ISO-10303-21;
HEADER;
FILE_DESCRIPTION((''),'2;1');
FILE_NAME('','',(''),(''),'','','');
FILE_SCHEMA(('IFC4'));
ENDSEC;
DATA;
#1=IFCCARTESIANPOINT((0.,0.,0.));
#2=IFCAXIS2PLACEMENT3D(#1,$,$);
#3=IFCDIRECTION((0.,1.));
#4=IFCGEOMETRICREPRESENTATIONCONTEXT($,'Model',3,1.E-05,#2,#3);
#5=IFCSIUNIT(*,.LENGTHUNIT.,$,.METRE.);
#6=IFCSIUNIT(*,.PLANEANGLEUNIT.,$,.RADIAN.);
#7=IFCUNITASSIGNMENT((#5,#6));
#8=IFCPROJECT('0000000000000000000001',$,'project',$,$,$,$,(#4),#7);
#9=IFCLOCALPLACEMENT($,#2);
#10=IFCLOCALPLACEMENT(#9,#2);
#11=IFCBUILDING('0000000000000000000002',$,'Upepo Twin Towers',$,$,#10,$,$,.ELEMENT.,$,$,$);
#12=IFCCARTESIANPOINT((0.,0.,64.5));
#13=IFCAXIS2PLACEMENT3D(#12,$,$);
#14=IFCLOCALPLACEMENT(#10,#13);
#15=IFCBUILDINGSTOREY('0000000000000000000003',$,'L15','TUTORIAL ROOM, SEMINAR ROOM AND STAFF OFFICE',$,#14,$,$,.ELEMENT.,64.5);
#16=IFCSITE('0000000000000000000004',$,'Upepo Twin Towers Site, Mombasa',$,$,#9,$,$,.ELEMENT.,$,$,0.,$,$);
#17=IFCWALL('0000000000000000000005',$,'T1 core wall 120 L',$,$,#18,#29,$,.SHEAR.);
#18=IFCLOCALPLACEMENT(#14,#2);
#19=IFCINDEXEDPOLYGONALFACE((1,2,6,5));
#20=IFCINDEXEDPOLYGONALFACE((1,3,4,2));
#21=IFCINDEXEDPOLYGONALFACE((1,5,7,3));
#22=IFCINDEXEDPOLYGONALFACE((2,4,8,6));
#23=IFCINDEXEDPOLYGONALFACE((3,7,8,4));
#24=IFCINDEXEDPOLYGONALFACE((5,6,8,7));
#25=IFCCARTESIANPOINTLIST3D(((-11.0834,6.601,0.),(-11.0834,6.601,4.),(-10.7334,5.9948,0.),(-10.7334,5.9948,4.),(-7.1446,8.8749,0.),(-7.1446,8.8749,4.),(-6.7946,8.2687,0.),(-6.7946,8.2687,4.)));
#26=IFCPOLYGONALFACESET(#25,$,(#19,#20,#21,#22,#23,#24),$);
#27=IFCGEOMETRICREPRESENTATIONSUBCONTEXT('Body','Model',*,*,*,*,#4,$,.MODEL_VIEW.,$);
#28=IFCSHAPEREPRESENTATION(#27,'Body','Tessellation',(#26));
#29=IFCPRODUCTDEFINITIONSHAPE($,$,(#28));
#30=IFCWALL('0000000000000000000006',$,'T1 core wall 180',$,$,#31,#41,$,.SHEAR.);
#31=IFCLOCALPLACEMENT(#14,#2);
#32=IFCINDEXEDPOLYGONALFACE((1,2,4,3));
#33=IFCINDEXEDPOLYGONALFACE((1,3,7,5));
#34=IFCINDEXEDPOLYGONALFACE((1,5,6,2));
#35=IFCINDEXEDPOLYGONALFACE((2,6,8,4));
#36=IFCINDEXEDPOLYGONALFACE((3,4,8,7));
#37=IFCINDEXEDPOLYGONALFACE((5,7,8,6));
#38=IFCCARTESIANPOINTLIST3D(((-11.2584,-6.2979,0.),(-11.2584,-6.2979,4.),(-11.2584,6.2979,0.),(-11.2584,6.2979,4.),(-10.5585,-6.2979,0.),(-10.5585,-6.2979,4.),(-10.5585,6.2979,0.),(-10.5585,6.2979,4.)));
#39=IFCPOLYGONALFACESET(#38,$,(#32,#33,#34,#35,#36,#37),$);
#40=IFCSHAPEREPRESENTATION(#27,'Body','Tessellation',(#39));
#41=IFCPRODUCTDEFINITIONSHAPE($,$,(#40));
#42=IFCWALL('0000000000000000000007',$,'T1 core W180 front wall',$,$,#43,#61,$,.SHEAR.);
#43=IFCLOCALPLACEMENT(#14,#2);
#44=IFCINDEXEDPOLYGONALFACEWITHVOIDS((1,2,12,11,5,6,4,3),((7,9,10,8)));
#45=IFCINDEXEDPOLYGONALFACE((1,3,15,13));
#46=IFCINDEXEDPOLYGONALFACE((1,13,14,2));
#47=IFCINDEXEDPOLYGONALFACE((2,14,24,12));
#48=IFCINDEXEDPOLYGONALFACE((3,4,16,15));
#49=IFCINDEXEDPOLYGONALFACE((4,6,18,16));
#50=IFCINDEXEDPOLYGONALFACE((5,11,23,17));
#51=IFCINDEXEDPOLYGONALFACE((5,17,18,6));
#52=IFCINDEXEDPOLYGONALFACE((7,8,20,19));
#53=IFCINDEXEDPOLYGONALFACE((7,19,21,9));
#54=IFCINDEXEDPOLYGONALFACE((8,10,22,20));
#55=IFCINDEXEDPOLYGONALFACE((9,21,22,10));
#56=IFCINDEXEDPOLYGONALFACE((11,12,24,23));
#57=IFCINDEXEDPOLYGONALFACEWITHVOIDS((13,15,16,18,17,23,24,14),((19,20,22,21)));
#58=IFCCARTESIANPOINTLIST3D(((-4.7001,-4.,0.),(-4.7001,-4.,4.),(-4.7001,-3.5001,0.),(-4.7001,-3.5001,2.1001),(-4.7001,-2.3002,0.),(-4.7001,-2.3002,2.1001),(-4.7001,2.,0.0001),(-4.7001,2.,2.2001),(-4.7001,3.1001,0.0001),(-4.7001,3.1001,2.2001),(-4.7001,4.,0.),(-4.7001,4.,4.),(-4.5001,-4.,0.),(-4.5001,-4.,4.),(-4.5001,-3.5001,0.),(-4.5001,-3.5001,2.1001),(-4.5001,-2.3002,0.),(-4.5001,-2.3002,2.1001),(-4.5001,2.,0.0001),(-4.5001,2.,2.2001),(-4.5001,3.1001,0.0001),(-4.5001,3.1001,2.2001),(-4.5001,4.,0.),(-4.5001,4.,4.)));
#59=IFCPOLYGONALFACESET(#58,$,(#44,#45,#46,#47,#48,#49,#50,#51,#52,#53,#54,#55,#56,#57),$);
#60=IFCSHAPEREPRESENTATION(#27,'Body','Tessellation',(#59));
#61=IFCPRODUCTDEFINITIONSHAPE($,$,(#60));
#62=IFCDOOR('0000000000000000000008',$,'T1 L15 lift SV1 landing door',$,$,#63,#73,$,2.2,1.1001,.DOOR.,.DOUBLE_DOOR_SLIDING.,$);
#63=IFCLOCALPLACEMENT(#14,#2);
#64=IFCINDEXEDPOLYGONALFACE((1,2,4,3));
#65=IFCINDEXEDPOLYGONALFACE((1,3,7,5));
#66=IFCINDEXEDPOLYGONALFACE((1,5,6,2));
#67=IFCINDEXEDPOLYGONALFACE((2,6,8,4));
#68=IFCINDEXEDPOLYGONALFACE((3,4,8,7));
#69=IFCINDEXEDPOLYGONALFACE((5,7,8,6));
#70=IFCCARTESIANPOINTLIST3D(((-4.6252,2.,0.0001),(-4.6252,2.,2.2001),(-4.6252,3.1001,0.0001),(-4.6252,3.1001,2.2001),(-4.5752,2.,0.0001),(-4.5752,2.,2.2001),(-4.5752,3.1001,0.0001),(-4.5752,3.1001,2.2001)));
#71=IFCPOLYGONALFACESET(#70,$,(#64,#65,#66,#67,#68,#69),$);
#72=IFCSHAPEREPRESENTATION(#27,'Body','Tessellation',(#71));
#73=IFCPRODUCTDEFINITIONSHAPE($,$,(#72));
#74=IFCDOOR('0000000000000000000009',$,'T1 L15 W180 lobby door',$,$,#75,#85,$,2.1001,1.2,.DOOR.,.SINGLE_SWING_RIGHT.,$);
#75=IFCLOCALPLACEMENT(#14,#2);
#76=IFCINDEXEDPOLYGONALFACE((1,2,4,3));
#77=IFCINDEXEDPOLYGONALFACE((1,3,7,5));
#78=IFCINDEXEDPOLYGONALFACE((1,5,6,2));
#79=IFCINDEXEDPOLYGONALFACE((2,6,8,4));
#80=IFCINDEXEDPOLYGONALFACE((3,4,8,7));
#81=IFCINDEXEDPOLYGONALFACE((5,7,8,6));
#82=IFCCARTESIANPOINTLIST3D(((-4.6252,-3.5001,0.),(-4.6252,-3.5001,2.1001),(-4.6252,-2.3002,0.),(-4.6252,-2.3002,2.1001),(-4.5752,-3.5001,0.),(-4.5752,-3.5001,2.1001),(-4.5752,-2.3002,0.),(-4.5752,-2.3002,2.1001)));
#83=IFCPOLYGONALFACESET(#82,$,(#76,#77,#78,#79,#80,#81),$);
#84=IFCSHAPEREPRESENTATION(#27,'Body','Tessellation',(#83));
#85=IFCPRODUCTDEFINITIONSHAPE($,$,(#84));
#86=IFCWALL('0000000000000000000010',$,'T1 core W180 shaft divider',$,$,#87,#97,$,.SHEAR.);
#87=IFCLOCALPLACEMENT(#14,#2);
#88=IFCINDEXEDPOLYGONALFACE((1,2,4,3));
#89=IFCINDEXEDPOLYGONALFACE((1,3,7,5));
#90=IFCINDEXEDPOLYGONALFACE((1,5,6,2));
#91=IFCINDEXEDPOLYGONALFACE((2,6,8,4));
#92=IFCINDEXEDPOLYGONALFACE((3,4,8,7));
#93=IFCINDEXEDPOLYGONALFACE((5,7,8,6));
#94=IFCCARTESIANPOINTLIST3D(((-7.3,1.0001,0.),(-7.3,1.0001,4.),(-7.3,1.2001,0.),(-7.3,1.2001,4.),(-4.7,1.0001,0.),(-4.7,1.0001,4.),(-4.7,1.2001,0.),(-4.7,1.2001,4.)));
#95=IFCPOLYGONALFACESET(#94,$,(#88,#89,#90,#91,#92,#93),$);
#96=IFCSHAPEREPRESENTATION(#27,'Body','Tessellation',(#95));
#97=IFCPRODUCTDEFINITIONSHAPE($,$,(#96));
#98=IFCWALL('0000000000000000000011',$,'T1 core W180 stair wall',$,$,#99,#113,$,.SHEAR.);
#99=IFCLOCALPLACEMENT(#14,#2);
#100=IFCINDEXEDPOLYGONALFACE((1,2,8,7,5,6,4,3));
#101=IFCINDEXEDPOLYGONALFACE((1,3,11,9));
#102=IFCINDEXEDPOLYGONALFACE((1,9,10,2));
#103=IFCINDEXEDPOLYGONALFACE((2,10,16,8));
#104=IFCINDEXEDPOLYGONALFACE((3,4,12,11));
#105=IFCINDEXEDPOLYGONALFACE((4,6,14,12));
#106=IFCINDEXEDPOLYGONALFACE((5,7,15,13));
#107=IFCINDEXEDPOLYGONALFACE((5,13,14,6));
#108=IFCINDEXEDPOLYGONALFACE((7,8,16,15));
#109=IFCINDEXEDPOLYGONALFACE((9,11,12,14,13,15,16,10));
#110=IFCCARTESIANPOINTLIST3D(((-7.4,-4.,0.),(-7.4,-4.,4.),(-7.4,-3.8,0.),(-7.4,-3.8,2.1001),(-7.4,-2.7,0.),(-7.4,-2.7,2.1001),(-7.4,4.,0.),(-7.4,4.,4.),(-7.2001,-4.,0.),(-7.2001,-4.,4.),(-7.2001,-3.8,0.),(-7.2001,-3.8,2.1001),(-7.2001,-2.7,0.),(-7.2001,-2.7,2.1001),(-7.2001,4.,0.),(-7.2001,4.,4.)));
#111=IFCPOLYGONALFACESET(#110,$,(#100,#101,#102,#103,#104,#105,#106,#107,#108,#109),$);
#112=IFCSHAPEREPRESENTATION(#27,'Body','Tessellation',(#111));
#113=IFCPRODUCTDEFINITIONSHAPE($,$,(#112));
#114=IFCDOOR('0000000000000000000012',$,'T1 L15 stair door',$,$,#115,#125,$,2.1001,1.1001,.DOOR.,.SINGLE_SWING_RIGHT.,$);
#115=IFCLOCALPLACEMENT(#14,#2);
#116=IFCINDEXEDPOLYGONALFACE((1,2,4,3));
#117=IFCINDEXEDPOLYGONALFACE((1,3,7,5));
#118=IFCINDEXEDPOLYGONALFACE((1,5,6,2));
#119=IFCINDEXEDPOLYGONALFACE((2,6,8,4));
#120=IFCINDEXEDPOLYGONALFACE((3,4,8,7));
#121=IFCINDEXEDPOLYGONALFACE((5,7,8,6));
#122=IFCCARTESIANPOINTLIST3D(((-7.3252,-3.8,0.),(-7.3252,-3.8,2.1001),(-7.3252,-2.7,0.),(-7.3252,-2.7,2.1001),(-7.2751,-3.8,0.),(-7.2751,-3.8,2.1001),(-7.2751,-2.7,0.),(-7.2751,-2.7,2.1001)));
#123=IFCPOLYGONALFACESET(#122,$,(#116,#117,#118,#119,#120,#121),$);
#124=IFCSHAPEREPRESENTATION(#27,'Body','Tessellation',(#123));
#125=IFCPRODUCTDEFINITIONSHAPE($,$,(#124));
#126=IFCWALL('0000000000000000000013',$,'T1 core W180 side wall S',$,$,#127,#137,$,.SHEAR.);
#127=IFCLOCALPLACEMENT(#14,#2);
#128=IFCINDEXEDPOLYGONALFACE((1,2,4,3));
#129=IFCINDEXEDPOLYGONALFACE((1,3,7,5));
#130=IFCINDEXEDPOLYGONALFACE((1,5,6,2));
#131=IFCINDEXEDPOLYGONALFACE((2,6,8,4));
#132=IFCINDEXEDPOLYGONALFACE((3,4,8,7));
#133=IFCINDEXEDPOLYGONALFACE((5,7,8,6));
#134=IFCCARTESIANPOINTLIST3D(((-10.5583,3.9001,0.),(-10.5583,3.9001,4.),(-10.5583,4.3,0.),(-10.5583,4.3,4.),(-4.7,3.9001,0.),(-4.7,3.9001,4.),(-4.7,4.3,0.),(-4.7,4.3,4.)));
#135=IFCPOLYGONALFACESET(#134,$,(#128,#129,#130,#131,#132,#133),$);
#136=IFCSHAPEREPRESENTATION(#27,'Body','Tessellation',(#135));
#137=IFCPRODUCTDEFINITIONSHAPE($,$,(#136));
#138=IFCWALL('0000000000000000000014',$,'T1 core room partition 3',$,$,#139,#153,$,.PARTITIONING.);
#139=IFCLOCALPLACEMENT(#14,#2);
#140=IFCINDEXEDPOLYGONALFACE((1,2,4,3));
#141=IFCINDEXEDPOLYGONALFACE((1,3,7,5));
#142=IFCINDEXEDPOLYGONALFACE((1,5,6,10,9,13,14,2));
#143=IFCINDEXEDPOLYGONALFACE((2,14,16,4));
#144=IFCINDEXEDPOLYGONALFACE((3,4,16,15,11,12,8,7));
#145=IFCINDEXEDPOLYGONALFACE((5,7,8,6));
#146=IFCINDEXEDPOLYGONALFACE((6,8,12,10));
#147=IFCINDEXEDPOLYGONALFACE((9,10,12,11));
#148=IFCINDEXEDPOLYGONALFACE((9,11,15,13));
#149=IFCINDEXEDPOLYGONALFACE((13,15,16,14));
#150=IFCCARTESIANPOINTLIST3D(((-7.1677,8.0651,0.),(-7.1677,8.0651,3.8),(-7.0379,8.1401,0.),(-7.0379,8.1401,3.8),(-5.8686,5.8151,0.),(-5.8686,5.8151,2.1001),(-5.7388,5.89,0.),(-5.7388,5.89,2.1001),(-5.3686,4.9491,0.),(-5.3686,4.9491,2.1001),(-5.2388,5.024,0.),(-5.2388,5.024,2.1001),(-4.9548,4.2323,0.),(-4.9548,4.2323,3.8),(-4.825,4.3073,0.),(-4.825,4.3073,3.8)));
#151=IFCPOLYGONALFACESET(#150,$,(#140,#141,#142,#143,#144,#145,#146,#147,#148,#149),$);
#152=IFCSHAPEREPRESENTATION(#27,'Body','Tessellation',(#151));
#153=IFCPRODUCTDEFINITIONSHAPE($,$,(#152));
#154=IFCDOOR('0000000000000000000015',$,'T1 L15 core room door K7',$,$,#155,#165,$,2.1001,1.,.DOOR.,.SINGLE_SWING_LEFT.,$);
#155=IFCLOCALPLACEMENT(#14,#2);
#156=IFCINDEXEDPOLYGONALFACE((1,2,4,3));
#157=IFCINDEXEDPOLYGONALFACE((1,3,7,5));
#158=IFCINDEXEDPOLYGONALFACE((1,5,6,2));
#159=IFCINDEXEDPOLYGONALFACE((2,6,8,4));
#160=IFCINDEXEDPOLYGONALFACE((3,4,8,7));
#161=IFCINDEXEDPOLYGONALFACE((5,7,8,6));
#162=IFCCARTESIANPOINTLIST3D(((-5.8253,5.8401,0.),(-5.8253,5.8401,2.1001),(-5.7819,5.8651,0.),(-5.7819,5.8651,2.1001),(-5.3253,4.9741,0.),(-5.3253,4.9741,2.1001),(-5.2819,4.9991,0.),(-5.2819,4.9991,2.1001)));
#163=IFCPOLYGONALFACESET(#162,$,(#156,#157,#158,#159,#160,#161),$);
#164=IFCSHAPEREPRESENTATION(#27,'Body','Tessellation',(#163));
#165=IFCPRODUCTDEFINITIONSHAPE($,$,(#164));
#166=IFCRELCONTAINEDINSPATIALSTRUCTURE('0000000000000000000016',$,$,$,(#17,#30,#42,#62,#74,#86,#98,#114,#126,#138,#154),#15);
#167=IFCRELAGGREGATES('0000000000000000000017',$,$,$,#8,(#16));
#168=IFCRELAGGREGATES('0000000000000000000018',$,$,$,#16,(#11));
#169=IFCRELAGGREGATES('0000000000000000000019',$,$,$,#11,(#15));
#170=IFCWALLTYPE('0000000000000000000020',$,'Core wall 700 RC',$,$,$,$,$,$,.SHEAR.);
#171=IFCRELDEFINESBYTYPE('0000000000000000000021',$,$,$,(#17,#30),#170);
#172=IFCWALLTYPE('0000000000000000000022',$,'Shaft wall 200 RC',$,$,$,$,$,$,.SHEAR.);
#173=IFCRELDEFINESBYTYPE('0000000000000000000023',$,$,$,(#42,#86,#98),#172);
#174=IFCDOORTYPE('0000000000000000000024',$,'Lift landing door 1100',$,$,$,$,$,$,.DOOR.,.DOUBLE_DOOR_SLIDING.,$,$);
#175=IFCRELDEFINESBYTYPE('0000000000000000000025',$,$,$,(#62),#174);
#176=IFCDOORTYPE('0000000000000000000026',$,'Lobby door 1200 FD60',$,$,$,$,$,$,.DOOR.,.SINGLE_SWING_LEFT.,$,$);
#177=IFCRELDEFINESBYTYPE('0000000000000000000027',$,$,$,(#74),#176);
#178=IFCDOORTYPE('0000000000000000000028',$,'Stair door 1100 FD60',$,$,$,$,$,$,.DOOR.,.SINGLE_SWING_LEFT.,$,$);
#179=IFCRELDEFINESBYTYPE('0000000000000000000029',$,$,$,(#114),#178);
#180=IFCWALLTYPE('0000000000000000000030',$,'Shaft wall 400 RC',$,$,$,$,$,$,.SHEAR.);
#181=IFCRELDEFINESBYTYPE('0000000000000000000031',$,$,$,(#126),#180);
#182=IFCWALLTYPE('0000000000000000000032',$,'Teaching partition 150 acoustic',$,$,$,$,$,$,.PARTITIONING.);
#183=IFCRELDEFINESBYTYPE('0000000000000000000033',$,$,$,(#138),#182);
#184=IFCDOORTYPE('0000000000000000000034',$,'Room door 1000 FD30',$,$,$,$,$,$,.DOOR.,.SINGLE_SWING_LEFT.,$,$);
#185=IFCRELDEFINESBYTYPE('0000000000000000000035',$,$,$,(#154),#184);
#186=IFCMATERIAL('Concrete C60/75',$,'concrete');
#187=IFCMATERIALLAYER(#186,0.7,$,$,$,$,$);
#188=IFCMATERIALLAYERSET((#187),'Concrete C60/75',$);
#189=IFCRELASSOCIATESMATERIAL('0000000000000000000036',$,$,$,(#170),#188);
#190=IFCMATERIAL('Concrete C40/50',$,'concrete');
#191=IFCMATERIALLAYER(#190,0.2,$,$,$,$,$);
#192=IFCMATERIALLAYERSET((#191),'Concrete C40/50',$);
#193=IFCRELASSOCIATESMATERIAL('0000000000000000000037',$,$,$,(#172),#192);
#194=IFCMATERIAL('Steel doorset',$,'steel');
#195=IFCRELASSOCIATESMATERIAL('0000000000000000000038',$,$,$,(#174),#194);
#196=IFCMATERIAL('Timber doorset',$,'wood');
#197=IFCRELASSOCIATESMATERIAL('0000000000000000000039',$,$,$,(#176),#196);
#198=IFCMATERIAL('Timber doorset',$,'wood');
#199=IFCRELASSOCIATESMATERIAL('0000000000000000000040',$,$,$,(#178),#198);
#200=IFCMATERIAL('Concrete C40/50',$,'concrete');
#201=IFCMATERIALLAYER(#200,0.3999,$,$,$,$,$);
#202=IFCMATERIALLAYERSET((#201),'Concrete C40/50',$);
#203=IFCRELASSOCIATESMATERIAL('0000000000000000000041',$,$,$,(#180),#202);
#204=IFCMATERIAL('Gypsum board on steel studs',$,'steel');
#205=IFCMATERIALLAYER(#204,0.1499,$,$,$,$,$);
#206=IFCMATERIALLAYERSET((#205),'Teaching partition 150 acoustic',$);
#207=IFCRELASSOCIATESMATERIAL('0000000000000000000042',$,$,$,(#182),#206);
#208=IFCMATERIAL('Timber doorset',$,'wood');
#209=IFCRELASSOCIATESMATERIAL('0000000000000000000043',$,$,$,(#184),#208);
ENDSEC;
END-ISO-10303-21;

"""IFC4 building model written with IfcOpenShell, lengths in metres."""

from ifc_helpers import new_model, si_unit, direction, frame, frame_2d, origin, place, context, subcontext, project, spatial, rectangle, extrude, material, layer, layer_set, type_object, element, fill, save


model = new_model("IFC4")

# Units and contexts
model_context = context("Model", 3, precision=1e-05, world=origin(), true_north=direction((0.0, 1.0)))
body_context = subcontext(model_context, "Body", "Model", "MODEL_VIEW")
ifc_project = project(units=[si_unit("LENGTHUNIT", "METRE"), si_unit("PLANEANGLEUNIT", "RADIAN")], contexts=[model_context])

# Site, building, storey
site_placement = place(None, origin())
site = spatial("IfcSite", under=ifc_project, at=site_placement, Name="Upepo Twin Towers Site, Mombasa", CompositionType="ELEMENT", RefElevation=0.0)
building_placement = place(site_placement, origin())
building = spatial("IfcBuilding", under=site, at=building_placement, Name="Upepo Twin Towers", CompositionType="ELEMENT")
storey_placement = place(building_placement, frame((0.0, 0.0, 64.5)))
storey = spatial("IfcBuildingStorey", under=building, at=storey_placement, Name="L15", Description="TUTORIAL ROOM, SEMINAR ROOM AND STAFF OFFICE", CompositionType="ELEMENT", Elevation=64.5)

# Walls
ifc_material_1 = material(Name="Concrete C60/75", Category="concrete")
ifc_layer_1 = layer(ifc_material_1, 0.7)
ifc_layer_set_1 = layer_set([ifc_layer_1], Name="Concrete C60/75")
wall_type_1 = type_object("IfcWallType", Name="Core wall 700 RC", PredefinedType="SHEAR", material=ifc_layer_set_1)
wall_1_placement = place(storey_placement, frame((-6.9697, 8.5718, 0.0), z_axis=(0.0, 0.0, 1.0), x_axis=(-0.866035, -0.499984, 0.0)))
element("IfcWall", 1, at=wall_1_placement, inside=storey, type_object=wall_type_1, Name="T1 core wall 120 L", PredefinedType="SHEAR", context=body_context, shape_type="SweptSolid", body=[
    extrude(rectangle(XDim=4.5481, YDim=0.7, at=frame_2d((2.2739, 0.0))), origin(), (0.0, 0.0, 1.0), 4.0),
])
wall_2_placement = place(storey_placement, frame((-10.9084, 6.2979, 0.0), z_axis=(0.0, 0.0, 1.0), x_axis=(0.0, -1.0, 0.0)))
element("IfcWall", 2, at=wall_2_placement, inside=storey, type_object=wall_type_1, Name="T1 core wall 180", PredefinedType="SHEAR", context=body_context, shape_type="SweptSolid", body=[
    extrude(rectangle(XDim=12.5957, YDim=0.7, at=frame_2d((6.2979, 0.0))), origin(), (0.0, 0.0, 1.0), 4.0),
])

# Wall, openings, doors
ifc_material_2 = material(Name="Concrete C40/50", Category="concrete")
ifc_layer_2 = layer(ifc_material_2, 0.2)
ifc_layer_set_2 = layer_set([ifc_layer_2], Name="Concrete C40/50")
wall_type_2 = type_object("IfcWallType", Name="Shaft wall 200 RC", PredefinedType="SHEAR", material=ifc_layer_set_2)
wall_3_placement = place(storey_placement, frame((-4.6001, 4.0, 0.0), z_axis=(0.0, 0.0, 1.0), x_axis=(0.0, -1.0, 0.0)))
wall_3 = element("IfcWall", 3, at=wall_3_placement, inside=storey, type_object=wall_type_2, Name="T1 core W180 front wall", PredefinedType="SHEAR", context=body_context, shape_type="SweptSolid", body=[
    extrude(rectangle(XDim=8.0, YDim=0.2, at=frame_2d((4.0, 0.0))), origin(), (0.0, 0.0, 1.0), 4.0),
])
opening_1_placement = place(wall_3_placement, frame((6.3, 0.0, 0.0)))
opening_1 = element("IfcOpeningElement", 4, at=opening_1_placement, cuts=wall_3, PredefinedType="OPENING", context=body_context, shape_type="SweptSolid", body=[
    extrude(rectangle(XDim=1.2, YDim=2.1001, at=frame_2d((0.6001, 1.05))), frame((0.0, 0.1099, 0.0), z_axis=(0.0, -1.0, 0.0), x_axis=(1.0, 0.0, 0.0)), (0.0, 0.0, 1.0), 0.22),
])
opening_2_placement = place(wall_3_placement, frame((0.8999, 0.0, 0.0)))
opening_2 = element("IfcOpeningElement", 5, at=opening_2_placement, cuts=wall_3, PredefinedType="OPENING", context=body_context, shape_type="SweptSolid", body=[
    extrude(rectangle(XDim=1.1001, YDim=2.2, at=frame_2d((0.55, 1.1001))), frame((0.0, 0.1099, 0.0), z_axis=(0.0, -1.0, 0.0), x_axis=(1.0, 0.0, 0.0)), (0.0, 0.0, 1.0), 0.22),
])
ifc_material_3 = material(Name="Steel doorset", Category="steel")
door_type_1 = type_object("IfcDoorType", Name="Lift landing door 1100", OperationType="DOUBLE_DOOR_SLIDING", PredefinedType="DOOR", material=ifc_material_3)
door_1_placement = place(opening_2_placement, origin())
door_1 = element("IfcDoor", 6, at=door_1_placement, inside=storey, type_object=door_type_1, Name="T1 L15 lift SV1 landing door", OperationType="DOUBLE_DOOR_SLIDING", OverallHeight=2.2, OverallWidth=1.1001, PredefinedType="DOOR", context=body_context, shape_type="SweptSolid", body=[
    extrude(rectangle(XDim=1.1001, YDim=2.2, at=frame_2d((0.55, 1.1001))), frame((0.0, 0.0249, 0.0), z_axis=(0.0, -1.0, 0.0), x_axis=(1.0, 0.0, 0.0)), (0.0, 0.0, 1.0), 0.05),
])
fill(opening_2, door_1)
ifc_material_4 = material(Name="Timber doorset", Category="wood")
door_type_2 = type_object("IfcDoorType", Name="Lobby door 1200 FD60", OperationType="SINGLE_SWING_LEFT", PredefinedType="DOOR", material=ifc_material_4)
door_2_placement = place(opening_1_placement, origin())
door_2 = element("IfcDoor", 7, at=door_2_placement, inside=storey, type_object=door_type_2, Name="T1 L15 W180 lobby door", OperationType="SINGLE_SWING_RIGHT", OverallHeight=2.1001, OverallWidth=1.2, PredefinedType="DOOR", context=body_context, shape_type="SweptSolid", body=[
    extrude(rectangle(XDim=1.2, YDim=2.1001, at=frame_2d((0.6001, 1.05))), frame((0.0, 0.0249, 0.0), z_axis=(0.0, -1.0, 0.0), x_axis=(1.0, 0.0, 0.0)), (0.0, 0.0, 1.0), 0.05),
])
fill(opening_1, door_2)

# Wall
wall_4_placement = place(storey_placement, frame((-4.7, 1.1001, 0.0), z_axis=(0.0, 0.0, 1.0), x_axis=(-1.0, 0.0, 0.0)))
element("IfcWall", 8, at=wall_4_placement, inside=storey, type_object=wall_type_2, Name="T1 core W180 shaft divider", PredefinedType="SHEAR", context=body_context, shape_type="SweptSolid", body=[
    extrude(rectangle(XDim=2.6001, YDim=0.2, at=frame_2d((1.3, 0.0))), origin(), (0.0, 0.0, 1.0), 4.0),
])

# Wall, opening, door
wall_5_placement = place(storey_placement, frame((-7.3, 4.0, 0.0), z_axis=(0.0, 0.0, 1.0), x_axis=(0.0, -1.0, 0.0)))
wall_5 = element("IfcWall", 9, at=wall_5_placement, inside=storey, type_object=wall_type_2, Name="T1 core W180 stair wall", PredefinedType="SHEAR", context=body_context, shape_type="SweptSolid", body=[
    extrude(rectangle(XDim=8.0, YDim=0.2, at=frame_2d((4.0, 0.0))), origin(), (0.0, 0.0, 1.0), 4.0),
])
opening_3_placement = place(wall_5_placement, frame((6.7, 0.0, 0.0)))
opening_3 = element("IfcOpeningElement", 10, at=opening_3_placement, cuts=wall_5, PredefinedType="OPENING", context=body_context, shape_type="SweptSolid", body=[
    extrude(rectangle(XDim=1.1001, YDim=2.1001, at=frame_2d((0.55, 1.05))), frame((0.0, 0.1099, 0.0), z_axis=(0.0, -1.0, 0.0), x_axis=(1.0, 0.0, 0.0)), (0.0, 0.0, 1.0), 0.22),
])
ifc_material_5 = material(Name="Timber doorset", Category="wood")
door_type_3 = type_object("IfcDoorType", Name="Stair door 1100 FD60", OperationType="SINGLE_SWING_LEFT", PredefinedType="DOOR", material=ifc_material_5)
door_3_placement = place(opening_3_placement, origin())
door_3 = element("IfcDoor", 11, at=door_3_placement, inside=storey, type_object=door_type_3, Name="T1 L15 stair door", OperationType="SINGLE_SWING_RIGHT", OverallHeight=2.1001, OverallWidth=1.1001, PredefinedType="DOOR", context=body_context, shape_type="SweptSolid", body=[
    extrude(rectangle(XDim=1.1001, YDim=2.1001, at=frame_2d((0.55, 1.05))), frame((0.0, 0.0249, 0.0), z_axis=(0.0, -1.0, 0.0), x_axis=(1.0, 0.0, 0.0)), (0.0, 0.0, 1.0), 0.05),
])
fill(opening_3, door_3)

# Wall
ifc_material_6 = material(Name="Concrete C40/50", Category="concrete")
ifc_layer_3 = layer(ifc_material_6, 0.3999)
ifc_layer_set_3 = layer_set([ifc_layer_3], Name="Concrete C40/50")
wall_type_3 = type_object("IfcWallType", Name="Shaft wall 400 RC", PredefinedType="SHEAR", material=ifc_layer_set_3)
wall_6_placement = place(storey_placement, frame((-4.7, 4.1001, 0.0), z_axis=(0.0, 0.0, 1.0), x_axis=(-1.0, 0.0, 0.0)))
element("IfcWall", 12, at=wall_6_placement, inside=storey, type_object=wall_type_3, Name="T1 core W180 side wall S", PredefinedType="SHEAR", context=body_context, shape_type="SweptSolid", body=[
    extrude(rectangle(XDim=5.8584, YDim=0.3999, at=frame_2d((2.9292, 0.0))), origin(), (0.0, 0.0, 1.0), 4.0),
])

# Wall, opening, door
ifc_material_7 = material(Name="Gypsum board on steel studs", Category="steel")
ifc_layer_4 = layer(ifc_material_7, 0.1499)
ifc_layer_set_4 = layer_set([ifc_layer_4], Name="Teaching partition 150 acoustic")
wall_type_4 = type_object("IfcWallType", Name="Teaching partition 150 acoustic", PredefinedType="PARTITIONING", material=ifc_layer_set_4)
wall_7_placement = place(storey_placement, frame((-4.8899, 4.2698, 0.0), z_axis=(0.0, 0.0, 1.0), x_axis=(-0.500007, 0.866021, 0.0)))
wall_7 = element("IfcWall", 13, at=wall_7_placement, inside=storey, type_object=wall_type_4, Name="T1 core room partition 3", PredefinedType="PARTITIONING", context=body_context, shape_type="SweptSolid", body=[
    extrude(rectangle(XDim=4.4258, YDim=0.1499, at=frame_2d((2.2129, 0.0))), origin(), (0.0, 0.0, 1.0), 3.8),
])
opening_4_placement = place(wall_7_placement, frame((0.8276, 0.0, 0.0)))
opening_4 = element("IfcOpeningElement", 14, at=opening_4_placement, cuts=wall_7, PredefinedType="OPENING", context=body_context, shape_type="SweptSolid", body=[
    extrude(rectangle(XDim=1.0, YDim=2.1001, at=frame_2d((0.5, 1.05))), frame((0.0, 0.085, 0.0), z_axis=(0.0, -1.0, 0.0), x_axis=(1.0, 0.0, 0.0)), (0.0, 0.0, 1.0), 0.1699),
])
ifc_material_8 = material(Name="Timber doorset", Category="wood")
door_type_4 = type_object("IfcDoorType", Name="Room door 1000 FD30", OperationType="SINGLE_SWING_LEFT", PredefinedType="DOOR", material=ifc_material_8)
door_4_placement = place(opening_4_placement, origin())
door_4 = element("IfcDoor", 15, at=door_4_placement, inside=storey, type_object=door_type_4, Name="T1 L15 core room door K7", OperationType="SINGLE_SWING_LEFT", OverallHeight=2.1001, OverallWidth=1.0, PredefinedType="DOOR", context=body_context, shape_type="SweptSolid", body=[
    extrude(rectangle(XDim=1.0, YDim=2.1001, at=frame_2d((0.5, 1.05))), frame((0.0, 0.0249, 0.0), z_axis=(0.0, -1.0, 0.0), x_axis=(1.0, 0.0, 0.0)), (0.0, 0.0, 1.0), 0.05),
])
fill(opening_4, door_4)

save(model, "model.ifc")
